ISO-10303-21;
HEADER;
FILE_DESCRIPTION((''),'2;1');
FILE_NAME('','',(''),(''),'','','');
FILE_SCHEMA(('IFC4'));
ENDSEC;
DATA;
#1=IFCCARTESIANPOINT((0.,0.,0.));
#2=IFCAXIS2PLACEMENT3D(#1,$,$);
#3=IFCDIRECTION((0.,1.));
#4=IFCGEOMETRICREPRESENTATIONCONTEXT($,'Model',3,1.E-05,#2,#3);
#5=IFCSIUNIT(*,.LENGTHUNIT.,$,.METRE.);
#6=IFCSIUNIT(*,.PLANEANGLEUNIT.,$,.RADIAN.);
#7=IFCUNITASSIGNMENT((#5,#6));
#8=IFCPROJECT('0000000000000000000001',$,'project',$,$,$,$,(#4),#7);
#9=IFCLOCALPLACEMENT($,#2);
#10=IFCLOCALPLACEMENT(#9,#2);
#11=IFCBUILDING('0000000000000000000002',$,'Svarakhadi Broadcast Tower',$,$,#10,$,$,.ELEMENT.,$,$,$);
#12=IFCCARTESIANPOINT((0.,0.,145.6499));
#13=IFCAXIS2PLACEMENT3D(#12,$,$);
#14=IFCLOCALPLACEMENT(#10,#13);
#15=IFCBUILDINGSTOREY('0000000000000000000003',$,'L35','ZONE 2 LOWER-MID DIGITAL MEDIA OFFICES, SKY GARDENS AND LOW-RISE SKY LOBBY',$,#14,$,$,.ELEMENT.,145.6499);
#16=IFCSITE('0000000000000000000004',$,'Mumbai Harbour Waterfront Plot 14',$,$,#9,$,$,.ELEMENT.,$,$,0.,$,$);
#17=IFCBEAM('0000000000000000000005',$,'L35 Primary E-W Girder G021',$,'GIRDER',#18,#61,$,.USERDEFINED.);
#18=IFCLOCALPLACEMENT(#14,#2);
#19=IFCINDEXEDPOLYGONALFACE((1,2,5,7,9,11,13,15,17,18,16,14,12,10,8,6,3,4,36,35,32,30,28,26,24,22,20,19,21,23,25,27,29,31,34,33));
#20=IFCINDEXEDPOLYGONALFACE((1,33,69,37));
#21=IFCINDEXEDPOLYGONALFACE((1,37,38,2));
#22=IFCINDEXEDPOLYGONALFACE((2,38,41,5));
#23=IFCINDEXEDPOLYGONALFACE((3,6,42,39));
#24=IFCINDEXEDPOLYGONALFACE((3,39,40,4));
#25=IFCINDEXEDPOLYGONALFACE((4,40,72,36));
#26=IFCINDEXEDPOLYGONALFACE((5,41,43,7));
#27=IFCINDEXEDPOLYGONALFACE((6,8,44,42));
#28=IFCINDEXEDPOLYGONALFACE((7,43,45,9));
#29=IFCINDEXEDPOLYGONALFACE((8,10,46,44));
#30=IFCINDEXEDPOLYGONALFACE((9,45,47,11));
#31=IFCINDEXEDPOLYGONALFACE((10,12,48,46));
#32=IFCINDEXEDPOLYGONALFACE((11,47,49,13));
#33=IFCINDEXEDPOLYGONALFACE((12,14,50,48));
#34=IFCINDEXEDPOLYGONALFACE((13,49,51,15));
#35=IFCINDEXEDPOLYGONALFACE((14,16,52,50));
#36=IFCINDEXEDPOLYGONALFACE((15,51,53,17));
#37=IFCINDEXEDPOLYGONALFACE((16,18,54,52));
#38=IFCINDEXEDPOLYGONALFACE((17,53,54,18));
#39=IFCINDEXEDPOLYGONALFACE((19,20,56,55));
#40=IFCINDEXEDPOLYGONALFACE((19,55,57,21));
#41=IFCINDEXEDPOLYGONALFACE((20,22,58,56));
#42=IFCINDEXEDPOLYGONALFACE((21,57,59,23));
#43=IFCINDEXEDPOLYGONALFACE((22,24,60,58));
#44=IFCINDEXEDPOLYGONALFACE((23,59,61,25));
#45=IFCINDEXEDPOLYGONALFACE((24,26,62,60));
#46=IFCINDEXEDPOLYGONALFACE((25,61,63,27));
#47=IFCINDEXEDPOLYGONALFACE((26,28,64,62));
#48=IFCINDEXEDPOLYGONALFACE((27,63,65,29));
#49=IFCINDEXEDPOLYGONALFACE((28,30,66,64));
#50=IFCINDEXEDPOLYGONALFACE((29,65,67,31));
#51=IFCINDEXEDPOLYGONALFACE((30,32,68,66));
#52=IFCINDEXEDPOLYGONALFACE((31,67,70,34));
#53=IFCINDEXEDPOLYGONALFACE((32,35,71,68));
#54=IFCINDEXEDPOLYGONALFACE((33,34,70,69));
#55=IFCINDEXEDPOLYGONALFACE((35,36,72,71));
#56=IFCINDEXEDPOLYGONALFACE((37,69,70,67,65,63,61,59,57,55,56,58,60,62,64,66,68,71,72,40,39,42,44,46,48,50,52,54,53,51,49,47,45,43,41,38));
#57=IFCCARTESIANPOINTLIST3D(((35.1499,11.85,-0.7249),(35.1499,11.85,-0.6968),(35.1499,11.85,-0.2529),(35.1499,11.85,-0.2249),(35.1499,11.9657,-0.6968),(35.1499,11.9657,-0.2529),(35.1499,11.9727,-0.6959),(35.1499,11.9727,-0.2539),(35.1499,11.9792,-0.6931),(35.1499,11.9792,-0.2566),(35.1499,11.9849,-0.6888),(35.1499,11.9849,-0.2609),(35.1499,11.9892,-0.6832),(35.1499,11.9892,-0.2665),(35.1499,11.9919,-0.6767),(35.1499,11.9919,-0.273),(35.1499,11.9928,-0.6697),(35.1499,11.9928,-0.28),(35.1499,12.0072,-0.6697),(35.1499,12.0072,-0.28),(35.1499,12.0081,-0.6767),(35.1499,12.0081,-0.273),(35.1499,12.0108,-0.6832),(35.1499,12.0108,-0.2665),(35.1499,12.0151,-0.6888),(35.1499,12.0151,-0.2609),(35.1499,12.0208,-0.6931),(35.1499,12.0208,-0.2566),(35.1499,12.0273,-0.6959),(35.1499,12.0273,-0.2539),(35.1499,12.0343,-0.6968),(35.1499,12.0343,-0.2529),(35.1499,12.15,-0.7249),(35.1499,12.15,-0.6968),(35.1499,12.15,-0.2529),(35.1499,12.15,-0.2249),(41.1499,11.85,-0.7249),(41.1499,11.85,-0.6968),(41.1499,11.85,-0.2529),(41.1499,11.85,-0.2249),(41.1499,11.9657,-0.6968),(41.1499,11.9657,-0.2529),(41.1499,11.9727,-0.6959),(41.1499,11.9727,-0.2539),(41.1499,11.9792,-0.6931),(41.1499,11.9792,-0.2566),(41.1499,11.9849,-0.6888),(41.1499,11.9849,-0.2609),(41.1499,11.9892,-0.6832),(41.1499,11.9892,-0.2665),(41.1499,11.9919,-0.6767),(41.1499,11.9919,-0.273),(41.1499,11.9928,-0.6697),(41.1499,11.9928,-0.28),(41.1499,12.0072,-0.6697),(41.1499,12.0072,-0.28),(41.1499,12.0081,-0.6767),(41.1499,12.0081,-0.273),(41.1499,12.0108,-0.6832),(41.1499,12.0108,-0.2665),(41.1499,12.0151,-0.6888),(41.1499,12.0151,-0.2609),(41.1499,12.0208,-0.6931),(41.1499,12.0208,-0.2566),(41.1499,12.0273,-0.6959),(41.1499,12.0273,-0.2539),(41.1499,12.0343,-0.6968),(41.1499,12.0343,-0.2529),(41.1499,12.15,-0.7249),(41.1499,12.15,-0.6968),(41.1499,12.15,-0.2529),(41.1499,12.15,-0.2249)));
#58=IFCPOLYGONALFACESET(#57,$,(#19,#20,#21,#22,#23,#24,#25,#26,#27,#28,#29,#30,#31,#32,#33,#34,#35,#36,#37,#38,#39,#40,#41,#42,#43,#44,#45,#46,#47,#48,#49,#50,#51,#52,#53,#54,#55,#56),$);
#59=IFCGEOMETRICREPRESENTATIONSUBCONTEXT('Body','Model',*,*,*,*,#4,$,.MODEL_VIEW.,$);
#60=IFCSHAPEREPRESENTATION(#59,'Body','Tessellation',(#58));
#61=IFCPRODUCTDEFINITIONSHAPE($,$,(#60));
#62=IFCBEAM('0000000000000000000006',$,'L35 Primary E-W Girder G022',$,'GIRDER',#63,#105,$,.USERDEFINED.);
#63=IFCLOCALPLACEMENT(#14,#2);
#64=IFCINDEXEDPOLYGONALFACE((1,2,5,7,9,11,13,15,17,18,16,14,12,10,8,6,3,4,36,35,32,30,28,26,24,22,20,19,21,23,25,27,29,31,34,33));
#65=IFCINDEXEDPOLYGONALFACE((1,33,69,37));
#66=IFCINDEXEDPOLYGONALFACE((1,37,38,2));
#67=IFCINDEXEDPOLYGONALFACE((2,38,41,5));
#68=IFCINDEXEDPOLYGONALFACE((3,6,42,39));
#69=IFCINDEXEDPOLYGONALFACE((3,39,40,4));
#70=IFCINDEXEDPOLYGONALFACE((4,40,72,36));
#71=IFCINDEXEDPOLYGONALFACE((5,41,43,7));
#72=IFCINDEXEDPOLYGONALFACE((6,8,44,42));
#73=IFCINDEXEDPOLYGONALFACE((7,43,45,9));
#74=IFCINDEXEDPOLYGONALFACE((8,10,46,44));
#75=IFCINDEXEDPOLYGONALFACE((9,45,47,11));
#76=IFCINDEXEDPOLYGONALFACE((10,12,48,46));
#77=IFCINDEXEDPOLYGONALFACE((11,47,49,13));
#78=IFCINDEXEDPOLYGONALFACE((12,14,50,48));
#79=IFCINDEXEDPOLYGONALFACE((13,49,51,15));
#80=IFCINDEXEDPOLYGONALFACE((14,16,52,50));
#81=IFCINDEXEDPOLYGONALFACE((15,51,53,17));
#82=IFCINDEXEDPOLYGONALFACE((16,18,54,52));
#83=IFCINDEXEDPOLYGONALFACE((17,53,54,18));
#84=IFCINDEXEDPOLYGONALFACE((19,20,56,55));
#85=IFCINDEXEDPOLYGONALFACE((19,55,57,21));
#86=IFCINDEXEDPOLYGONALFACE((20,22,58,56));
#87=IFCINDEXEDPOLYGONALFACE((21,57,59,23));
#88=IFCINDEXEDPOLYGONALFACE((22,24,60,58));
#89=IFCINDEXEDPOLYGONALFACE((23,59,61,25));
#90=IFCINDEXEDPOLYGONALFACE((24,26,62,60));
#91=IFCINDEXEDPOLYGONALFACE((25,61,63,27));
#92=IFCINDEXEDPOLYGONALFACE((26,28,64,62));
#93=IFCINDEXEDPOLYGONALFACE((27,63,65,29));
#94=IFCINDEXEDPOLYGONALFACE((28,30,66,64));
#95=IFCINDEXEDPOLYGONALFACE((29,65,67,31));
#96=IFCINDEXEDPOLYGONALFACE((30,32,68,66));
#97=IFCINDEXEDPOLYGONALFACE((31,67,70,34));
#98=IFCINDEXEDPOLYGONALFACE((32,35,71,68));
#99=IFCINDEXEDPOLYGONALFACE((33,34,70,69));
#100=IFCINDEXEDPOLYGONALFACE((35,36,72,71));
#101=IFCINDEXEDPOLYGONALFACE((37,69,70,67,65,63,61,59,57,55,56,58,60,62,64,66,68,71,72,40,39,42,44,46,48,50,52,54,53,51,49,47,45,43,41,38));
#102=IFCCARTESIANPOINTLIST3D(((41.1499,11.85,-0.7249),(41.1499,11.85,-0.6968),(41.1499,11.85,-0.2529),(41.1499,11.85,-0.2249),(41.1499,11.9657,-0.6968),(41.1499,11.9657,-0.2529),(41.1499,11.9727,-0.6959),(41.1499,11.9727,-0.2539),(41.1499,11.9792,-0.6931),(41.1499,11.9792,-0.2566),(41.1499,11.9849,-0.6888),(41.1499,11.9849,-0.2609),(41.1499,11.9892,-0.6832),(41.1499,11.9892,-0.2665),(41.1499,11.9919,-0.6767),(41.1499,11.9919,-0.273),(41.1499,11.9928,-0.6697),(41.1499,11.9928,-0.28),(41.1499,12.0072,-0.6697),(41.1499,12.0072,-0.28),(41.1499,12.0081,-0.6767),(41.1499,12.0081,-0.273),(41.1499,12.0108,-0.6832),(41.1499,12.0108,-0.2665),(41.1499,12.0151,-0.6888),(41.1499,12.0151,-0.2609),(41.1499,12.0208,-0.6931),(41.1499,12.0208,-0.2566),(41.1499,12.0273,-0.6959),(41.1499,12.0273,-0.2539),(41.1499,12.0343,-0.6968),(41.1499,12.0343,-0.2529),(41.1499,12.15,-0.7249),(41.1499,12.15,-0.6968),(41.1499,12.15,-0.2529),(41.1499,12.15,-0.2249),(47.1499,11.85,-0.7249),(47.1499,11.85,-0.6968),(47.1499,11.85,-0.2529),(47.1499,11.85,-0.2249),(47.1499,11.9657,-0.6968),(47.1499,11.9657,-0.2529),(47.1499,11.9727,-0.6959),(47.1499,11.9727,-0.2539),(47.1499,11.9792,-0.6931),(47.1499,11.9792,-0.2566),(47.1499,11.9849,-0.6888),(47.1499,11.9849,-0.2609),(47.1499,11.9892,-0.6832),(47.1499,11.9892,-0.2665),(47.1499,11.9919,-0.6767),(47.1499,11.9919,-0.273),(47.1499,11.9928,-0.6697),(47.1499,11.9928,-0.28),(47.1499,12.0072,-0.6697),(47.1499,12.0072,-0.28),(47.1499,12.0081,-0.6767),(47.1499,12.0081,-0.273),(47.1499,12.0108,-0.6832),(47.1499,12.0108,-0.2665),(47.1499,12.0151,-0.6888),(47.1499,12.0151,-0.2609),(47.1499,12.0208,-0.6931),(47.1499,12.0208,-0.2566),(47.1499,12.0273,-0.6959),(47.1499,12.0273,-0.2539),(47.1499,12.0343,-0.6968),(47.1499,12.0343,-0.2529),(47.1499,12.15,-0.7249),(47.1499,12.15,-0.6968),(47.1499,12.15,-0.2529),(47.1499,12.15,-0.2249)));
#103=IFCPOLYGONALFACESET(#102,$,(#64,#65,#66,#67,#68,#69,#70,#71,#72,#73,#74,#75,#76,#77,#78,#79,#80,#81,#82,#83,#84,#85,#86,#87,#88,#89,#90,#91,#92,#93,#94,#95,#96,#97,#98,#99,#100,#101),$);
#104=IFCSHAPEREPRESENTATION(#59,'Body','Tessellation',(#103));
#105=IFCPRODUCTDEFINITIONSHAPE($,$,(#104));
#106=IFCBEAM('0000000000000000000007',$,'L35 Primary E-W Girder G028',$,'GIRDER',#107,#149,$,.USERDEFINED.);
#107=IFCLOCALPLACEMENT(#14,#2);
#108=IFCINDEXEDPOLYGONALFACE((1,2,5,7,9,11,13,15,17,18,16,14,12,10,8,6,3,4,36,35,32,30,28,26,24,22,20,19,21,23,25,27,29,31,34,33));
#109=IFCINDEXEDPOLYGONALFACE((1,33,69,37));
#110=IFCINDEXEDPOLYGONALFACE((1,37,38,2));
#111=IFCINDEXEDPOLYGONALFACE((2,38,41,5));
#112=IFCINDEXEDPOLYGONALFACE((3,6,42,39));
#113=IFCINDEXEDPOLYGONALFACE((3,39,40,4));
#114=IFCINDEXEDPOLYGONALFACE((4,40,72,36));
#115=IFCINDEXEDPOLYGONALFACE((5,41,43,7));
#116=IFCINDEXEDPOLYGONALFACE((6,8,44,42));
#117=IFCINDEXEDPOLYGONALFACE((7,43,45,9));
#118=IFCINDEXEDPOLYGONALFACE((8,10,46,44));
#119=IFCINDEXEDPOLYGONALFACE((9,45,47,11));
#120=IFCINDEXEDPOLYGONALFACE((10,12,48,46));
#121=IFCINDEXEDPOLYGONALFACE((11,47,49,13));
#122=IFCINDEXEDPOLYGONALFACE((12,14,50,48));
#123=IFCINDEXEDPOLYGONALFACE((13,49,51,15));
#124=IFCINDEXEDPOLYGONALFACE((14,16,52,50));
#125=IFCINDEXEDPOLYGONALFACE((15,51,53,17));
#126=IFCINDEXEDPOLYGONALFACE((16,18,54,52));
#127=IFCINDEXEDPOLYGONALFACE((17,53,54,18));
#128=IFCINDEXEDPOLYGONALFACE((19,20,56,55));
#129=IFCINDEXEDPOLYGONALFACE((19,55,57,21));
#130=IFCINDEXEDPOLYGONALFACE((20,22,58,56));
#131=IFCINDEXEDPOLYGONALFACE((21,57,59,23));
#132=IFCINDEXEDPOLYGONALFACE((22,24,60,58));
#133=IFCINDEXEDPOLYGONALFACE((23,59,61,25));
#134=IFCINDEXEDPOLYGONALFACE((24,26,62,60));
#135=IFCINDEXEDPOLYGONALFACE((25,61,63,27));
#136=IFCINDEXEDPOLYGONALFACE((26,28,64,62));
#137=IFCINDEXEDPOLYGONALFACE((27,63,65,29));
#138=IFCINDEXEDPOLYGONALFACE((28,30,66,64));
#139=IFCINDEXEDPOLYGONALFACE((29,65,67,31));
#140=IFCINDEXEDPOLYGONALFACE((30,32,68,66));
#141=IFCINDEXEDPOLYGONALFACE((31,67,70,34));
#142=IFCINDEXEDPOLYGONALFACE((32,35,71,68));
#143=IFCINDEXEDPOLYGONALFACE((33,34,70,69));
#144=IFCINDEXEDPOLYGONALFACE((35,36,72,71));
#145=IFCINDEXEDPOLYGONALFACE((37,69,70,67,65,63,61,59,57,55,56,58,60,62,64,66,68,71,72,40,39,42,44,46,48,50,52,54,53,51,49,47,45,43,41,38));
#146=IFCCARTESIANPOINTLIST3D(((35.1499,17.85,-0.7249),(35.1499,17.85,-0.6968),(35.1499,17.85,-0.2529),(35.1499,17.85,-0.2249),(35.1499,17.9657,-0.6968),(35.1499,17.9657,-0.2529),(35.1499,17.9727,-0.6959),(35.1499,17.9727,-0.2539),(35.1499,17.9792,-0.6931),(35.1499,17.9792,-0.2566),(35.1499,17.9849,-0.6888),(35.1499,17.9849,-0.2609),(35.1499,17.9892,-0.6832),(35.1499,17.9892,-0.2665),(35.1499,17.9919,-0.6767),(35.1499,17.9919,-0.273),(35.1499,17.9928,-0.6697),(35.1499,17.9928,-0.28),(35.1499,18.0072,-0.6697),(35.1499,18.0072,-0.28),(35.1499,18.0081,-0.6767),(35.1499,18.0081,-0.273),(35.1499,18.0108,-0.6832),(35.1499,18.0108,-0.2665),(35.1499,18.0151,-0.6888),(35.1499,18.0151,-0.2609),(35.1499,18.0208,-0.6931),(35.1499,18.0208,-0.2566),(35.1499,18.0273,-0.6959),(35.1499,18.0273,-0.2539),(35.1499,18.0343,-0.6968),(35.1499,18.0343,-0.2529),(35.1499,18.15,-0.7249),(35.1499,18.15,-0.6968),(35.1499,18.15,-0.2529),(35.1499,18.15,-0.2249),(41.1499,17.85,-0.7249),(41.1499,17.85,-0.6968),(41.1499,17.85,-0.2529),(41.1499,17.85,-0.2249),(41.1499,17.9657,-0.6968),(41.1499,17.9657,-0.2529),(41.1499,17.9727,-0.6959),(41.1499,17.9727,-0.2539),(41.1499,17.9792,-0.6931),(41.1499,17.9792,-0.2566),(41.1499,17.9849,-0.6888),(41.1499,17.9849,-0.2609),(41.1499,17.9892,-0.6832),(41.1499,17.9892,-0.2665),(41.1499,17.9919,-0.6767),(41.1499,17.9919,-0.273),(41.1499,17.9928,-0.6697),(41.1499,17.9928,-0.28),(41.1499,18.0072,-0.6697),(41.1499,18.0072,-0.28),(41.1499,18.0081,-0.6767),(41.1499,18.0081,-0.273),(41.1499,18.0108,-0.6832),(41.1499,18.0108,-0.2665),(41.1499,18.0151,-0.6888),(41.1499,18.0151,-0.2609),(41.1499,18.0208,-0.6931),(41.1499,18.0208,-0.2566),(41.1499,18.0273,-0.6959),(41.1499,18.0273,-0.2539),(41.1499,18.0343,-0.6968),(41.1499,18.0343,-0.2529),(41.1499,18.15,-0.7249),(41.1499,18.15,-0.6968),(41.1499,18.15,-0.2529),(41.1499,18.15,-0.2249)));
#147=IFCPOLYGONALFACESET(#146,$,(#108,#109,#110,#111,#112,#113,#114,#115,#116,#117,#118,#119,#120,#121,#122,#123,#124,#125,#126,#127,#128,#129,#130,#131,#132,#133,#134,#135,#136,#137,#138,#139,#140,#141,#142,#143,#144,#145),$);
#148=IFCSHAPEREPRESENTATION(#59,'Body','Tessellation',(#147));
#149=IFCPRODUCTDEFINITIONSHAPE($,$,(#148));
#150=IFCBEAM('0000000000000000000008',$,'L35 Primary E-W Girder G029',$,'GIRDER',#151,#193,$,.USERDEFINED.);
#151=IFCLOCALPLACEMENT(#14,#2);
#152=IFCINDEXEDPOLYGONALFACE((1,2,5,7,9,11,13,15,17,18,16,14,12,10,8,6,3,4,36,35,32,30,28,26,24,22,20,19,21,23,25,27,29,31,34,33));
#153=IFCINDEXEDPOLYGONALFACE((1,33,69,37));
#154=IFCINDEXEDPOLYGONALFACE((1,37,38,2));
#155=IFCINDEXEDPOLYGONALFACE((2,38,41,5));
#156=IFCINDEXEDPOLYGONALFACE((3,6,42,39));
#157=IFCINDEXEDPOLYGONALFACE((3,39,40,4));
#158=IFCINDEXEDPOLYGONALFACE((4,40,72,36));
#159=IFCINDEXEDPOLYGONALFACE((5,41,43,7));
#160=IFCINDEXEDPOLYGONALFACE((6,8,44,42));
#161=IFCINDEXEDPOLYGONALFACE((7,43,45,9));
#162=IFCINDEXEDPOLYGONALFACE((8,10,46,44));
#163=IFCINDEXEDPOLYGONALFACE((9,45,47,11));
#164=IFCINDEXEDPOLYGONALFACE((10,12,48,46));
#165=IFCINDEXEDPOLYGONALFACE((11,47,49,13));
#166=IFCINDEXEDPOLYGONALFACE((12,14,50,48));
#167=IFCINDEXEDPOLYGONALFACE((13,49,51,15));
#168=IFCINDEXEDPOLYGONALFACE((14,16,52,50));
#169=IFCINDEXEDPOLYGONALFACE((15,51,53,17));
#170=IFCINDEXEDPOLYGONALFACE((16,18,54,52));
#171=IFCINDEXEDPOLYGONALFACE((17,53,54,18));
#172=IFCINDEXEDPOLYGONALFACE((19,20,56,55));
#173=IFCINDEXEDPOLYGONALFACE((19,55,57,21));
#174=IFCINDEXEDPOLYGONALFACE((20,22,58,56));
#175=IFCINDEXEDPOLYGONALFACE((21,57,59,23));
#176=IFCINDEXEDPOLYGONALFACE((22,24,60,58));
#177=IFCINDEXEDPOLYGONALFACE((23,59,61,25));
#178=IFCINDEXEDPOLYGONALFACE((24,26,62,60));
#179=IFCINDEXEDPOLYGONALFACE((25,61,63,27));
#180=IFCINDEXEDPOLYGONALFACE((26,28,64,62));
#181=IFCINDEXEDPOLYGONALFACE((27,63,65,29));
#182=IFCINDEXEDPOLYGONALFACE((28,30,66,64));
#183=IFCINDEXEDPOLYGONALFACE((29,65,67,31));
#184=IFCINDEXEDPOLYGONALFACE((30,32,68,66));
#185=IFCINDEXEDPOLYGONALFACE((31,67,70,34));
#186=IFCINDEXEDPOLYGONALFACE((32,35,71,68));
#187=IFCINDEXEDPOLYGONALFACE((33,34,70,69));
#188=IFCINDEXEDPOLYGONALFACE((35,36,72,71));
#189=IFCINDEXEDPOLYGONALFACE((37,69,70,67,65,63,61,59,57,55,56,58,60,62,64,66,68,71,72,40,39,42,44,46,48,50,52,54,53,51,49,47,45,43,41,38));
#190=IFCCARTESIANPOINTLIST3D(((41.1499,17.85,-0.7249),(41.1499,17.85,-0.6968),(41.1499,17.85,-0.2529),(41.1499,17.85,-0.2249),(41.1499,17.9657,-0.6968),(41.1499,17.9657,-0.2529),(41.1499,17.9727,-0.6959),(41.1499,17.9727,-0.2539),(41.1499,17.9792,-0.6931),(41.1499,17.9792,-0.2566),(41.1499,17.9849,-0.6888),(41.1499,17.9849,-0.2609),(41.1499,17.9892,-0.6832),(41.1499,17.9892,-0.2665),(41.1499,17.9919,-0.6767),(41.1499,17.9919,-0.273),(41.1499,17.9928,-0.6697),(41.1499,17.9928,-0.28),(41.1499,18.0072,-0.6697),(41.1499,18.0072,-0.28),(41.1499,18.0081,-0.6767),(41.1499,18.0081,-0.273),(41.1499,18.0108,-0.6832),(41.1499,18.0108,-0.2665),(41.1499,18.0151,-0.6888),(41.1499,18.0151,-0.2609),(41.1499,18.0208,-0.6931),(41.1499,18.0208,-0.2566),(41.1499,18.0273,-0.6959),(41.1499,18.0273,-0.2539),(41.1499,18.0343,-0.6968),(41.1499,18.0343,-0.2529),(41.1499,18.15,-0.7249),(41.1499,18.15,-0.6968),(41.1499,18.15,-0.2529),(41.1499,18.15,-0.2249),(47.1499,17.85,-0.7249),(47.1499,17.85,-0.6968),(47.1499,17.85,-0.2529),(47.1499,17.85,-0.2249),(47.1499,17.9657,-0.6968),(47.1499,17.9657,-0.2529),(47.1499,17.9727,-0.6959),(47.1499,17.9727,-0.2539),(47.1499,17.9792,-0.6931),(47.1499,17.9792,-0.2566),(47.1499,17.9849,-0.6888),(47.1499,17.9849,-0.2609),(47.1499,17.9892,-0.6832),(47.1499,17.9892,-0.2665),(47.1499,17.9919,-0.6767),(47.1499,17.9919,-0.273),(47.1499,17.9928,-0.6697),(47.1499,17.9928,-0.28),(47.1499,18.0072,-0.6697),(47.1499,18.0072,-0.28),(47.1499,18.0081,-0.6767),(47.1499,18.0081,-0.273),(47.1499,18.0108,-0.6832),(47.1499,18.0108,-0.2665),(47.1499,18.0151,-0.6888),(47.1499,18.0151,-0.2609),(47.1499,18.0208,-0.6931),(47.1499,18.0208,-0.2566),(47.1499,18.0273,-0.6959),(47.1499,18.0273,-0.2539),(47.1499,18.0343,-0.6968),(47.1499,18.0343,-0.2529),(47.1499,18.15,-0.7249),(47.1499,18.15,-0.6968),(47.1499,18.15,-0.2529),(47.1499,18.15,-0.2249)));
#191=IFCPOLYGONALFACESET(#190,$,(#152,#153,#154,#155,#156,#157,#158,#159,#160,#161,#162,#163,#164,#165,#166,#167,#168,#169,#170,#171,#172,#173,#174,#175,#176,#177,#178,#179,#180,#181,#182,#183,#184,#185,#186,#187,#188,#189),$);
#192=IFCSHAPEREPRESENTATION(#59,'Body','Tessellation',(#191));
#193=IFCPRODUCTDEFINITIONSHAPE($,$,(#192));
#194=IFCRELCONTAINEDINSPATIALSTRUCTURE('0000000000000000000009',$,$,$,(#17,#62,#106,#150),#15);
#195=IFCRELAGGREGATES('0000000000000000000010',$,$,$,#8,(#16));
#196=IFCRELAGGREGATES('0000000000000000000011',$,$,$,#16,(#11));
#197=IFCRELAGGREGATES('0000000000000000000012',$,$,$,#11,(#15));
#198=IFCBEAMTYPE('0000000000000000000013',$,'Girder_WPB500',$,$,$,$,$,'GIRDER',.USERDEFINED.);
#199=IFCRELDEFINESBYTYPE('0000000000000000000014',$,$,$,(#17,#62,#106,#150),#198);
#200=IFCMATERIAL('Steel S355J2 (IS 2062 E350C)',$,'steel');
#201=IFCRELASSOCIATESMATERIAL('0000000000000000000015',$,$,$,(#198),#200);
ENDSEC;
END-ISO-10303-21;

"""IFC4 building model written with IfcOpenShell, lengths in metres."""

from ifc_helpers import new_model, si_unit, direction, frame, origin, origin_2d, place, context, subcontext, project, spatial, i_section, extrude, material, material_profile, profile_set, type_object, element, save


model = new_model("IFC4")

# Units and contexts
model_context = context("Model", 3, precision=1e-05, world=origin(), true_north=direction((0.0, 1.0)))
body_context = subcontext(model_context, "Body", "Model", "MODEL_VIEW")
ifc_project = project(units=[si_unit("LENGTHUNIT", "METRE"), si_unit("PLANEANGLEUNIT", "RADIAN")], contexts=[model_context])

# Site, building, storey
site_placement = place(None, origin())
site = spatial("IfcSite", under=ifc_project, at=site_placement, Name="Mumbai Harbour Waterfront Plot 14", CompositionType="ELEMENT", RefElevation=0.0)
building_placement = place(site_placement, origin())
building = spatial("IfcBuilding", under=site, at=building_placement, Name="Svarakhadi Broadcast Tower", CompositionType="ELEMENT")
storey_placement = place(building_placement, frame((0.0, 0.0, 145.6499)))
storey = spatial("IfcBuildingStorey", under=building, at=storey_placement, Name="L35", Description="ZONE 2 LOWER-MID DIGITAL MEDIA OFFICES, SKY GARDENS AND LOW-RISE SKY LOBBY", CompositionType="ELEMENT", Elevation=145.6499)

# Shared definitions
ifc_material_1 = material(Name="Steel S355J2 (IS 2062 E350C)", Category="steel")

# Beams
ifc_material_profile_1 = material_profile(ifc_material_1, i_section(OverallWidth=0.3, OverallDepth=0.5, WebThickness=0.0144, FlangeThickness=0.0281, FilletRadius=0.0271, at=origin_2d()), Name="WPB 500x300x187")
ifc_profile_set_1 = profile_set([ifc_material_profile_1], Name="Steel S355J2 (IS 2062 E350C)")
beam_type_1 = type_object("IfcBeamType", Name="Girder_WPB500", ElementType="GIRDER", PredefinedType="USERDEFINED", material=ifc_profile_set_1)
for number, where, z_axis, x_axis, name in (
    (1, (35.1499, 12.0, -0.4749), (1.0, 0.0, 0.0), (0.0, 1.0, 0.0), "L35 Primary E-W Girder G021"),
    (2, (41.1499, 12.0, -0.4749), (1.0, 0.0, 0.0), (0.0, 1.0, 0.0), "L35 Primary E-W Girder G022"),
    (3, (35.1499, 18.0, -0.4749), (1.0, 0.0, 0.0), (0.0, 1.0, 0.0), "L35 Primary E-W Girder G028"),
    (4, (41.1499, 18.0, -0.4749), (1.0, 0.0, 0.0), (0.0, 1.0, 0.0), "L35 Primary E-W Girder G029"),
):
    element("IfcBeam", number, at=place(storey_placement, frame(where, z_axis=z_axis, x_axis=x_axis)), inside=storey, type_object=beam_type_1, Name=name, ObjectType="GIRDER", PredefinedType="USERDEFINED", context=body_context, shape_type="SweptSolid", body=[
        extrude(i_section(OverallWidth=0.3, OverallDepth=0.5, WebThickness=0.0144, FlangeThickness=0.0281, FilletRadius=0.0271, at=origin_2d()), origin(), (0.0, 0.0, 1.0), 6.0),
    ])

save(model, "model.ifc")
